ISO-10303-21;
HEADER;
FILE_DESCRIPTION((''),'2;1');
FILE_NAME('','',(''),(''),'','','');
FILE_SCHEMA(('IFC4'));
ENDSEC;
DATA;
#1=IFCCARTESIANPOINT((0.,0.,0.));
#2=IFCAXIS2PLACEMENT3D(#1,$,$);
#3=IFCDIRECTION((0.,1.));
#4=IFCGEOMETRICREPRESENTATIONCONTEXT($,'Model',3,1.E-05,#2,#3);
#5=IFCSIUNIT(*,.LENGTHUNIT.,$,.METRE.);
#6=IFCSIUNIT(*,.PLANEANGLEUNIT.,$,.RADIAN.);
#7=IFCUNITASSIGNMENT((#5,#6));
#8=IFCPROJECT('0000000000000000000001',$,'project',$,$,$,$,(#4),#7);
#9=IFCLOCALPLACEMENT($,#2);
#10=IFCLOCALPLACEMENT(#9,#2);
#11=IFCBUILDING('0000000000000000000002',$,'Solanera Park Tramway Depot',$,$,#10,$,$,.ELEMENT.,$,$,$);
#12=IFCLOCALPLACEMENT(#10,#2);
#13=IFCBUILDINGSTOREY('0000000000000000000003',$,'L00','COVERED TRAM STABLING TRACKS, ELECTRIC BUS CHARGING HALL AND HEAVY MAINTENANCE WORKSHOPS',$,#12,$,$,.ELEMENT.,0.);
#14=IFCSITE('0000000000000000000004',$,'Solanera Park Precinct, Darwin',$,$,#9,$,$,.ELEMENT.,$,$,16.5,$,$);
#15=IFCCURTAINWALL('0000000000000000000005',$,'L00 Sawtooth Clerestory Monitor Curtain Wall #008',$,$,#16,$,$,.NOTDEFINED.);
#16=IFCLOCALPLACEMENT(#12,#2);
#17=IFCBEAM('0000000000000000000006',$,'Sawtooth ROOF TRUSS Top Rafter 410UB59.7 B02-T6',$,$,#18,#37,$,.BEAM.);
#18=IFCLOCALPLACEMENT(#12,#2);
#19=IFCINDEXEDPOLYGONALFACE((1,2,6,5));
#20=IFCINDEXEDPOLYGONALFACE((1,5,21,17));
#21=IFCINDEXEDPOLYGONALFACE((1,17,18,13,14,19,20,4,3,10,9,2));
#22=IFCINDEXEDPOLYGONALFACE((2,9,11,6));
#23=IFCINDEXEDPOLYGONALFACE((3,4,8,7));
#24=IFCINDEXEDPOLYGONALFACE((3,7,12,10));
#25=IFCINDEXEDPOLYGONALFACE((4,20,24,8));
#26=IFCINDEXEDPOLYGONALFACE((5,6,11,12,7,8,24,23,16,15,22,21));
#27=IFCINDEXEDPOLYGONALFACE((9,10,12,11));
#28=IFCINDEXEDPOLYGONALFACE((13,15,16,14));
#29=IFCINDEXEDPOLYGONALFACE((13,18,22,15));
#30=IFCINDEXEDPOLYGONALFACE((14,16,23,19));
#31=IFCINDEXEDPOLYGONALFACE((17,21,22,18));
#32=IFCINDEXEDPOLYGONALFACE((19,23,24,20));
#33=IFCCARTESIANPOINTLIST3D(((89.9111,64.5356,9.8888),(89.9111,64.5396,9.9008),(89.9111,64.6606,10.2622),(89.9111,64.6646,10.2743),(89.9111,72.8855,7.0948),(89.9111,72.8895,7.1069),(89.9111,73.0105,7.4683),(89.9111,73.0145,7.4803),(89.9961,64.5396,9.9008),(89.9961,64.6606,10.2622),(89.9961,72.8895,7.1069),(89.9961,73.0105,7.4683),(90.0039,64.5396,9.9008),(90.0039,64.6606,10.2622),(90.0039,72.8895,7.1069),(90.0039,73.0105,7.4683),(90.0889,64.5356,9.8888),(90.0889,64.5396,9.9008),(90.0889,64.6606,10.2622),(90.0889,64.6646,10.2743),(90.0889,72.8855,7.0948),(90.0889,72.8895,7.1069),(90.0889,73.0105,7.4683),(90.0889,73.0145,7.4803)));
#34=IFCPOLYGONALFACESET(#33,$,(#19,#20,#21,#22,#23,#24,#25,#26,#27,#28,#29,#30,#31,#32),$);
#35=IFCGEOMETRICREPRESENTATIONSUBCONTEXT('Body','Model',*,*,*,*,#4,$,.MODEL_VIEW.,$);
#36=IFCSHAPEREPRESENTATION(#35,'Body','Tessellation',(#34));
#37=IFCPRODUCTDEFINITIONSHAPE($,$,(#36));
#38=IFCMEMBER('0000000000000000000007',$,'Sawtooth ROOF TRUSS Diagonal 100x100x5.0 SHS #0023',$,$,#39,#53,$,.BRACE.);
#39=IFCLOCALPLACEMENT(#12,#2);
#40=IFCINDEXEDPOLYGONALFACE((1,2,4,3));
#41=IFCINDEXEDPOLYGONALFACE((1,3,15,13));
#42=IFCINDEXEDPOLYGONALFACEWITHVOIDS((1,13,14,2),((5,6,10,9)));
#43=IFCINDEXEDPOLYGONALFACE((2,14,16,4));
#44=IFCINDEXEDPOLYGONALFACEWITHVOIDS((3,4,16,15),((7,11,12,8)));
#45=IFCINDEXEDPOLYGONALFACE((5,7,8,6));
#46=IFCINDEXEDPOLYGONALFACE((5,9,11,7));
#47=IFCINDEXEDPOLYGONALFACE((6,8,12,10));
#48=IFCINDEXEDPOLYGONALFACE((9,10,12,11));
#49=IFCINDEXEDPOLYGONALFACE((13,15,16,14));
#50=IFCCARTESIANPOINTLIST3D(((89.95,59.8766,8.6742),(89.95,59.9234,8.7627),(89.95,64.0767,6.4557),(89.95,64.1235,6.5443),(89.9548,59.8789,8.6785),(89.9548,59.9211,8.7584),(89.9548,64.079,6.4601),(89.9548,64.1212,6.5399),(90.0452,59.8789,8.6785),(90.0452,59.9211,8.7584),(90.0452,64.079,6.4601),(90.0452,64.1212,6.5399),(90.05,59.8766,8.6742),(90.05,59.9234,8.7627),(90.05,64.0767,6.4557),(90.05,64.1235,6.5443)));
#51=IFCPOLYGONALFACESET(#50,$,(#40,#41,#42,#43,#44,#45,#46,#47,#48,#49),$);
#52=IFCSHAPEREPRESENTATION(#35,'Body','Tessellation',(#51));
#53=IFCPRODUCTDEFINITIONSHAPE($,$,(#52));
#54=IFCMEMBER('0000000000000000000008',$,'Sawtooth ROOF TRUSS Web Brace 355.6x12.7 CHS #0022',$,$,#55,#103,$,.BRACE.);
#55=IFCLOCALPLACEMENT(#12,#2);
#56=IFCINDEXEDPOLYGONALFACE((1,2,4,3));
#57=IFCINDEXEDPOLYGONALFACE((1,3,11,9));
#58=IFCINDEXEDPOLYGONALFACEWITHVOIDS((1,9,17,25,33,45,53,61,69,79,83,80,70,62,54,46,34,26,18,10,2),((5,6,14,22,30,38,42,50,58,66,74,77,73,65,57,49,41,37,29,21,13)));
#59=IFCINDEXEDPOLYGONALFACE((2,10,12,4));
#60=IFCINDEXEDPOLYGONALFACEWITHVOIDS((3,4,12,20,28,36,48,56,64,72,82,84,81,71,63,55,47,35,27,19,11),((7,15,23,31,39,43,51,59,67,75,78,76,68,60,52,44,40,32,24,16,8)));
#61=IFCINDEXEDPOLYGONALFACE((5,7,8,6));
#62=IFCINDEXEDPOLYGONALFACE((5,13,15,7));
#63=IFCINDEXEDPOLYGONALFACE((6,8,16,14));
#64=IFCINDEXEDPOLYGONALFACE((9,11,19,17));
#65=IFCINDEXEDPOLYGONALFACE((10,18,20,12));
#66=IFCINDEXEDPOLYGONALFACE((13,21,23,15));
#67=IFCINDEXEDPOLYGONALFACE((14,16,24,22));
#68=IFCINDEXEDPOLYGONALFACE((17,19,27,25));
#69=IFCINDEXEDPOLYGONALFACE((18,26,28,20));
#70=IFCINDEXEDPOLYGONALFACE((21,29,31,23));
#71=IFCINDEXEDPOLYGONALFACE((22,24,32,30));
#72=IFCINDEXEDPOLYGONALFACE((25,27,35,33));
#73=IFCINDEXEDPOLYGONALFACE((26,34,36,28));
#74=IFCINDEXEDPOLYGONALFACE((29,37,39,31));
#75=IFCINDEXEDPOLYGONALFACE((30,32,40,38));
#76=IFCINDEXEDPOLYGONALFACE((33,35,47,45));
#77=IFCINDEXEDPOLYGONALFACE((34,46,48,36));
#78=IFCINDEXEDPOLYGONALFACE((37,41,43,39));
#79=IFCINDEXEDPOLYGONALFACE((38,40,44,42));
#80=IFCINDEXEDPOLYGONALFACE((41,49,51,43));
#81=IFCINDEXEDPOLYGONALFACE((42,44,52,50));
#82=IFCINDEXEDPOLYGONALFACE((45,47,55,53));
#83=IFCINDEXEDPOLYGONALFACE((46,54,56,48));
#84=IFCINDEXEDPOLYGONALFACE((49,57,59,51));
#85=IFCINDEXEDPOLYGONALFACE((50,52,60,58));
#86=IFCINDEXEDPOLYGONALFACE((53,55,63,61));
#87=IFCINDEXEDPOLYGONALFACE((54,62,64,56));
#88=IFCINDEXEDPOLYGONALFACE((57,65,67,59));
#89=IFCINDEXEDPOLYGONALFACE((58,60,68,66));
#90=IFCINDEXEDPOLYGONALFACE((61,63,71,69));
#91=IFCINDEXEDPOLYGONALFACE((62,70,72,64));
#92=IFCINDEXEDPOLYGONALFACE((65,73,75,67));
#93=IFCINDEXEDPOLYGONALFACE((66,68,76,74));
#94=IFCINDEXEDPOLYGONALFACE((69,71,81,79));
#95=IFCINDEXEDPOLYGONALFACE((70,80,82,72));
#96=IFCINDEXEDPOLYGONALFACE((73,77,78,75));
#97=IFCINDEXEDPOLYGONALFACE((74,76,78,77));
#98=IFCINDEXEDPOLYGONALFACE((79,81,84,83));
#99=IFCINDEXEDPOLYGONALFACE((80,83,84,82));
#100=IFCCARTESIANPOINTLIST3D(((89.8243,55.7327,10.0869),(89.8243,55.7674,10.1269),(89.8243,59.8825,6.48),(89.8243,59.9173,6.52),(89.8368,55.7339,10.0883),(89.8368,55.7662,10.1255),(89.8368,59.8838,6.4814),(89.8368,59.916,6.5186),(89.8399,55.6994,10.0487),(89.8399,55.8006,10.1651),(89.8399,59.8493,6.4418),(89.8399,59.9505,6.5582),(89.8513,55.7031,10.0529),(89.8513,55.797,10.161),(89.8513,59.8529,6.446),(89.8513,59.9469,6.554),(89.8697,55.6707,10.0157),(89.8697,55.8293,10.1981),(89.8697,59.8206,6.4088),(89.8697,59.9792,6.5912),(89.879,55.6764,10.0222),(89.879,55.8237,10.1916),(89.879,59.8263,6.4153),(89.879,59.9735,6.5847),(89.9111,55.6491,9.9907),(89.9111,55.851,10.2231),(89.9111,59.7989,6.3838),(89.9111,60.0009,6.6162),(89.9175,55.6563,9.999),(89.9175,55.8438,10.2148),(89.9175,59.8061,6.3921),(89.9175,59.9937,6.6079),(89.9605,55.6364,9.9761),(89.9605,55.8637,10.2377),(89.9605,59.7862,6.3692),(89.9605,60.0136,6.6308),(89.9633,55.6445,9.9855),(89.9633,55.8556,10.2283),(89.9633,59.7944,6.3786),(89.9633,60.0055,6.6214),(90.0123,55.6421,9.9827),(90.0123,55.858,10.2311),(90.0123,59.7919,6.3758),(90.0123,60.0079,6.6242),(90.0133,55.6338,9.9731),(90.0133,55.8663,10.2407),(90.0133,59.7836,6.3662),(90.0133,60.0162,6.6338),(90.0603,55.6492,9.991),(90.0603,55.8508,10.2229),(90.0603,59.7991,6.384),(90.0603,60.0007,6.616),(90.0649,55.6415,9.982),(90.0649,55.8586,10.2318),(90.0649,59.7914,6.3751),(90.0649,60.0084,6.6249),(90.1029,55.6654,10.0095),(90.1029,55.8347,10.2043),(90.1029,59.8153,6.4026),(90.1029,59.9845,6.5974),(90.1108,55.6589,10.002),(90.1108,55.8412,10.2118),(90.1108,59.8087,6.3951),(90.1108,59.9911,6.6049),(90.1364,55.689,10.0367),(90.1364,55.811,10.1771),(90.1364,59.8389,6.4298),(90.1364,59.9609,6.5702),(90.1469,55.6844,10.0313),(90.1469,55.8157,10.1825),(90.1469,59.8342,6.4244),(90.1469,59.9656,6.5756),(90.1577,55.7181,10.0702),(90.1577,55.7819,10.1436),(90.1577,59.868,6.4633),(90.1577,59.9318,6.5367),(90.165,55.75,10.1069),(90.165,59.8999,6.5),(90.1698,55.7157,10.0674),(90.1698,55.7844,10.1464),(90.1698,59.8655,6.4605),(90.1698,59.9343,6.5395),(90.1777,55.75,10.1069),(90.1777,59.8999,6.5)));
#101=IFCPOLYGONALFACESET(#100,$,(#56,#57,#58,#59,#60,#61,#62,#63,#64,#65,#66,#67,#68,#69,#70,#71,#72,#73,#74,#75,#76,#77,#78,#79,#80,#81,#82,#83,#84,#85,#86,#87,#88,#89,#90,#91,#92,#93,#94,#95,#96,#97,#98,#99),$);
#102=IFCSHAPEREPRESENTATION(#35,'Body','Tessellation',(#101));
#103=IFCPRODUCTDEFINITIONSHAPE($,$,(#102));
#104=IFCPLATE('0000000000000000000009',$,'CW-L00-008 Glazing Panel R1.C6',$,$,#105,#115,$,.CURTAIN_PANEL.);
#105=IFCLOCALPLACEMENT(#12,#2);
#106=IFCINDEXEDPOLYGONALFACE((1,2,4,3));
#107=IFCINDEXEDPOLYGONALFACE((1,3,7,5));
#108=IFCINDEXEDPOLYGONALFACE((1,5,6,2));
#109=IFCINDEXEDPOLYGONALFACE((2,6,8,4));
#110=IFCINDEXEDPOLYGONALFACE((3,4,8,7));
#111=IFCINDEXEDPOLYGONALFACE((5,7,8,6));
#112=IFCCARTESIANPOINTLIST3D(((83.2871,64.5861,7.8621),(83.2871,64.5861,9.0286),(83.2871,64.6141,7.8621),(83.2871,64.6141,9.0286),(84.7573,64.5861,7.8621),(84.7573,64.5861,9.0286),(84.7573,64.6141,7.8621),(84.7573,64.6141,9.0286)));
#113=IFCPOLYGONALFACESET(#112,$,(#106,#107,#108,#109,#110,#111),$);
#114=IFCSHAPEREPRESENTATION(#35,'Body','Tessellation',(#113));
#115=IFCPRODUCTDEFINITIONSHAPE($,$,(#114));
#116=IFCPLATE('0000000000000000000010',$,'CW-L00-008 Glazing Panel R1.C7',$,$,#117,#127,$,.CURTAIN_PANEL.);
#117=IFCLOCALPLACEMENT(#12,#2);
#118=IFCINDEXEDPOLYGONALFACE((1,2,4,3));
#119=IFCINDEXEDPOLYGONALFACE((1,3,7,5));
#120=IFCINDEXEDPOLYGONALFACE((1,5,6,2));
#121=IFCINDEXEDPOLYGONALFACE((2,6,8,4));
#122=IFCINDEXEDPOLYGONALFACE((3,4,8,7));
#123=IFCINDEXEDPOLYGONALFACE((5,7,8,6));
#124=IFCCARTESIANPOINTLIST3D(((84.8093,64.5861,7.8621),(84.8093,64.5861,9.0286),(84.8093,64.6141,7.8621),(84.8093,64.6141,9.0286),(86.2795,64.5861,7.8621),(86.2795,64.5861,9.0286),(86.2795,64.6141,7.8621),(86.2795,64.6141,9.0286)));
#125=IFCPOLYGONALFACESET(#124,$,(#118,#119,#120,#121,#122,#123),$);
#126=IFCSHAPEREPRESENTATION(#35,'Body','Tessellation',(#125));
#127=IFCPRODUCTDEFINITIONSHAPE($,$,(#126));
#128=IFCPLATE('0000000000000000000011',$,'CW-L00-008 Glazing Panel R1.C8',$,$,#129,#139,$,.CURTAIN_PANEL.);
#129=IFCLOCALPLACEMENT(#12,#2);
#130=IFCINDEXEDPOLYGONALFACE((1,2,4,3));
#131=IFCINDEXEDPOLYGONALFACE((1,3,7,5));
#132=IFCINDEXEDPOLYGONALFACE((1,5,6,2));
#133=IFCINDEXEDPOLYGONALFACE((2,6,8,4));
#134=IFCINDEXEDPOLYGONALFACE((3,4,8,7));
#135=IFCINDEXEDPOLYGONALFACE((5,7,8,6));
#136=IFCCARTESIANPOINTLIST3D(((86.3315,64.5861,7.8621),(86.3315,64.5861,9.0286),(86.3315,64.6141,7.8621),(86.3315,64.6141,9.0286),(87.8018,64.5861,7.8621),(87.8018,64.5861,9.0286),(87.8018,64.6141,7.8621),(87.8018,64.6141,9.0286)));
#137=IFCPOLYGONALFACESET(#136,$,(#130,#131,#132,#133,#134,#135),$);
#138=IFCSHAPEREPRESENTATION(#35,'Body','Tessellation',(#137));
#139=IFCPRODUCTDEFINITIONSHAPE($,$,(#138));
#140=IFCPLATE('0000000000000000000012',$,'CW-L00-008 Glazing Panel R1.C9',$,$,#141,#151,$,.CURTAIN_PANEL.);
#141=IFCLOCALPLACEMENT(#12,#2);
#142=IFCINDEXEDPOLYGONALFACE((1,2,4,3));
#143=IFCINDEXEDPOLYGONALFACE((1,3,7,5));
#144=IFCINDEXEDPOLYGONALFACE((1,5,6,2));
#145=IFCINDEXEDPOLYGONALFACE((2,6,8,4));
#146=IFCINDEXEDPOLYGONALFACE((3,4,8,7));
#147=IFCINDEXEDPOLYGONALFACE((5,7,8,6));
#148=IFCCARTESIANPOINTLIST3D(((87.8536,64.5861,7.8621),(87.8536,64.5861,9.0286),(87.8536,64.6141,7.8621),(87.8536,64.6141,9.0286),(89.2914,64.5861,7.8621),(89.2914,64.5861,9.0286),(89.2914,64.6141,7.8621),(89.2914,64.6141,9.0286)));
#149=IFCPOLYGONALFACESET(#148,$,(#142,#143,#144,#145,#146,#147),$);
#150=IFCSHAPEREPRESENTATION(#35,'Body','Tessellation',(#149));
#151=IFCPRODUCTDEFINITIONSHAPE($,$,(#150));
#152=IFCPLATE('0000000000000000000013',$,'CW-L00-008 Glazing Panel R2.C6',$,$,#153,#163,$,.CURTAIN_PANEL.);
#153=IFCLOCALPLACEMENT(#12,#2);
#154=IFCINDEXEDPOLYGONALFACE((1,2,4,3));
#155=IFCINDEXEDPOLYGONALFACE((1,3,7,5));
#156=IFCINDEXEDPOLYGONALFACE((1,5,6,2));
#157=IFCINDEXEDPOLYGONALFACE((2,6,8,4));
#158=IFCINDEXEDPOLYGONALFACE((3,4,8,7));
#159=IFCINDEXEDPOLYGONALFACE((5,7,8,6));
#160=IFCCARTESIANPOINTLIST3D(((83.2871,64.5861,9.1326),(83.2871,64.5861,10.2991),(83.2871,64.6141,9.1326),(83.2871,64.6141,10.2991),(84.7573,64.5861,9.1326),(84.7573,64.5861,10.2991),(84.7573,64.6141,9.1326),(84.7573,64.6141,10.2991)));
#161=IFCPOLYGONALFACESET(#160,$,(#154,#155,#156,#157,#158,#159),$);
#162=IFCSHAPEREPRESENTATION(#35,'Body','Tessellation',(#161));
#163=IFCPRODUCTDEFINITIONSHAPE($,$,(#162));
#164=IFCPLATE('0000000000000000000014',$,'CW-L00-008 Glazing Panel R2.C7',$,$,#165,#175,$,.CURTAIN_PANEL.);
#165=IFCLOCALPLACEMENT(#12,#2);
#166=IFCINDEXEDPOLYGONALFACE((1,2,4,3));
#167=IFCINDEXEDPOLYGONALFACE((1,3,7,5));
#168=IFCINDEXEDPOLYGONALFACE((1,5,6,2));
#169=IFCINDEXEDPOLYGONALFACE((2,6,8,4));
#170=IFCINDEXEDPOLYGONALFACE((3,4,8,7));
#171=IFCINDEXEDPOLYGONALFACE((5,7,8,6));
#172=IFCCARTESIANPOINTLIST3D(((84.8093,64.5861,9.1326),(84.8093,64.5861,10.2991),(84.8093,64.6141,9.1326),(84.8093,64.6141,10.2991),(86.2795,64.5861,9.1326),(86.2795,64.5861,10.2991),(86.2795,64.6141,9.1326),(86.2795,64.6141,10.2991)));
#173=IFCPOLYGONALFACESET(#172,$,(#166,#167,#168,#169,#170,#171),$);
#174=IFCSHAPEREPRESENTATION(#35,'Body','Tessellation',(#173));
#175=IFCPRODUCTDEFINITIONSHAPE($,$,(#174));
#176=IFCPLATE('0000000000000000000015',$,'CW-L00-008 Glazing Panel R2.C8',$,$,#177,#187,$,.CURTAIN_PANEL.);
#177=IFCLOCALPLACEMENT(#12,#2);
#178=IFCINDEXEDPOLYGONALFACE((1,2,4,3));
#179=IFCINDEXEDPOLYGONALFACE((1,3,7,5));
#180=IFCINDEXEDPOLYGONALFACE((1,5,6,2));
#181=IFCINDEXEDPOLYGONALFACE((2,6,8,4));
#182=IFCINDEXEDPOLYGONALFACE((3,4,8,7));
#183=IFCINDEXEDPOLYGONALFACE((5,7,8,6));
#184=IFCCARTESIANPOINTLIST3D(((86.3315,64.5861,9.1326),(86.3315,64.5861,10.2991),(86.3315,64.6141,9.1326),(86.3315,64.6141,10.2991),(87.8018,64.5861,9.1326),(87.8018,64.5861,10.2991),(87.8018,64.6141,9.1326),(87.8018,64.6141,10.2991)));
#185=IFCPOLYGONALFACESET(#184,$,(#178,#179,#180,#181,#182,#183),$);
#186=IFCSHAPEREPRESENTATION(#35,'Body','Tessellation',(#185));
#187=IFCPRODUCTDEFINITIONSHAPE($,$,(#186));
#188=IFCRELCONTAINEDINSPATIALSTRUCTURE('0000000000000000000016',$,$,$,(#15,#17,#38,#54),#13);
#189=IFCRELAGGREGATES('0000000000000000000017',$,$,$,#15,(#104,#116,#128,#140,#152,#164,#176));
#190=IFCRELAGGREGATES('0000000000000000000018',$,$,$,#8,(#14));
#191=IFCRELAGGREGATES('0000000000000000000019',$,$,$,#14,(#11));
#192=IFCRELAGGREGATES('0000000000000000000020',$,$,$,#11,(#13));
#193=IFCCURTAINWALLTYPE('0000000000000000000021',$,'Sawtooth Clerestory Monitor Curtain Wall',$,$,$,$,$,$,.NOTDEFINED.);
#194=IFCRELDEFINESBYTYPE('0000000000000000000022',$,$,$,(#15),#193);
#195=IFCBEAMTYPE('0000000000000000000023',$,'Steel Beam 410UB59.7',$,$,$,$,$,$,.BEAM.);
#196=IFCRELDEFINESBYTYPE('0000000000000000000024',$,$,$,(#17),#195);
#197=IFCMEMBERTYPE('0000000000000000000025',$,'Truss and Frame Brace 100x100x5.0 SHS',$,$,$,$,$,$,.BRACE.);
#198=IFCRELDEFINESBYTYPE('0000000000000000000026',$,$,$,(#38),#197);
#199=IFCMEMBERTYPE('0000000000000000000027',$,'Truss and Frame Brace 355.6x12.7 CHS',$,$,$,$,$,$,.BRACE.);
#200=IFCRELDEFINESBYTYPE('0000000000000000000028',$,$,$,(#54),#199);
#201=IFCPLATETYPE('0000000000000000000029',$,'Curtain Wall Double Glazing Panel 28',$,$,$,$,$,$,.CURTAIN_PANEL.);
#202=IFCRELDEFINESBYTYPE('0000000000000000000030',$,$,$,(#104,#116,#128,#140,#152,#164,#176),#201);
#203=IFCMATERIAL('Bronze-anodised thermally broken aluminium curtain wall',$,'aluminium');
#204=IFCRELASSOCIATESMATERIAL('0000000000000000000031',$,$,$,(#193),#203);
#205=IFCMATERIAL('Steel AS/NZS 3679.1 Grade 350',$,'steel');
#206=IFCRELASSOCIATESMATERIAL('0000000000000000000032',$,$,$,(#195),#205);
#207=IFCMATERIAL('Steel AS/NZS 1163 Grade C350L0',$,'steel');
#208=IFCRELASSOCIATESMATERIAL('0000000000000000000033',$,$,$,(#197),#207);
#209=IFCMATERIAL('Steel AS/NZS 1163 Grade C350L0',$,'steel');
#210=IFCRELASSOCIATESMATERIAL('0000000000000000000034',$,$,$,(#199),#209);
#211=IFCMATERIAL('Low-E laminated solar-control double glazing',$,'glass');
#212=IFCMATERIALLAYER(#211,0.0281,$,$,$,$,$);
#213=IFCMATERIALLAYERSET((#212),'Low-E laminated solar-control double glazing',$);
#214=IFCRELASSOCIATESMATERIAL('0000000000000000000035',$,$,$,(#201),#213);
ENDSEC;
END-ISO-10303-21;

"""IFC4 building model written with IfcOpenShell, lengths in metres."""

from ifc_helpers import new_model, si_unit, direction, frame, origin, origin_2d, place, context, subcontext, project, spatial, rectangle, hollow_rectangle, hollow_circle, i_section, extrude, material, layer, layer_set, material_profile, profile_set, type_object, element, aggregate, save


model = new_model("IFC4")

# Units and contexts
model_context = context("Model", 3, precision=1e-05, world=origin(), true_north=direction((0.0, 1.0)))
body_context = subcontext(model_context, "Body", "Model", "MODEL_VIEW")
ifc_project = project(units=[si_unit("LENGTHUNIT", "METRE"), si_unit("PLANEANGLEUNIT", "RADIAN")], contexts=[model_context])

# Site, building, storey
site_placement = place(None, origin())
site = spatial("IfcSite", under=ifc_project, at=site_placement, Name="Solanera Park Precinct, Darwin", CompositionType="ELEMENT", RefElevation=16.5)
building_placement = place(site_placement, origin())
building = spatial("IfcBuilding", under=site, at=building_placement, Name="Solanera Park Tramway Depot", CompositionType="ELEMENT")
storey_placement = place(building_placement, origin())
storey = spatial("IfcBuildingStorey", under=building, at=storey_placement, Name="L00", Description="COVERED TRAM STABLING TRACKS, ELECTRIC BUS CHARGING HALL AND HEAVY MAINTENANCE WORKSHOPS", CompositionType="ELEMENT", Elevation=0.0)

# Curtain wall
ifc_material_1 = material(Name="Bronze-anodised thermally broken aluminium curtain wall", Category="aluminium")
curtain_wall_type = type_object("IfcCurtainWallType", Name="Sawtooth Clerestory Monitor Curtain Wall", PredefinedType="NOTDEFINED", material=ifc_material_1)
curtain_wall_placement = place(storey_placement, origin())
curtain_wall = element("IfcCurtainWall", 1, at=curtain_wall_placement, inside=storey, type_object=curtain_wall_type, Name="L00 Sawtooth Clerestory Monitor Curtain Wall #008", PredefinedType="NOTDEFINED")

# Beam
ifc_material_2 = material(Name="Steel AS/NZS 3679.1 Grade 350", Category="steel")
ifc_material_profile_1 = material_profile(ifc_material_2, i_section(OverallWidth=0.1777, OverallDepth=0.4065, WebThickness=0.0078, FlangeThickness=0.0127, at=origin_2d()), Name="410UB59.7")
ifc_profile_set_1 = profile_set([ifc_material_profile_1], Name="Steel AS/NZS 3679.1 Grade 350")
beam_type = type_object("IfcBeamType", Name="Steel Beam 410UB59.7", PredefinedType="BEAM", material=ifc_profile_set_1)
beam_placement = place(storey_placement, frame((90.0, 64.6001, 10.0815), z_axis=(0.0, 0.948319, -0.317317), x_axis=(-1.0, 0.0, 0.0)))
element("IfcBeam", 2, at=beam_placement, inside=storey, type_object=beam_type, Name="Sawtooth ROOF TRUSS Top Rafter 410UB59.7 B02-T6", PredefinedType="BEAM", context=body_context, shape_type="SweptSolid", body=[
    extrude(i_section(OverallWidth=0.1777, OverallDepth=0.4065, WebThickness=0.0078, FlangeThickness=0.0127, at=origin_2d()), origin(), (0.0, 0.0, 1.0), 8.8049),
])

# Members
ifc_material_3 = material(Name="Steel AS/NZS 1163 Grade C350L0", Category="steel")
ifc_material_profile_2 = material_profile(ifc_material_3, hollow_rectangle(XDim=0.1001, YDim=0.1001, WallThickness=0.0049, at=origin_2d()), Name="100x100x5.0 SHS")
ifc_profile_set_2 = profile_set([ifc_material_profile_2], Name="Steel AS/NZS 1163 Grade C350L0")
member_type_1 = type_object("IfcMemberType", Name="Truss and Frame Brace 100x100x5.0 SHS", PredefinedType="BRACE", material=ifc_profile_set_2)
member_1_placement = place(storey_placement, frame((90.0, 64.1001, 6.5), z_axis=(0.0, -0.884234, 0.467044), x_axis=(1.0, 0.0, 0.0)))
element("IfcMember", 3, at=member_1_placement, inside=storey, type_object=member_type_1, Name="Sawtooth ROOF TRUSS Diagonal 100x100x5.0 SHS #0023", PredefinedType="BRACE", context=body_context, shape_type="SweptSolid", body=[
    extrude(hollow_rectangle(XDim=0.1001, YDim=0.1001, WallThickness=0.0049, at=origin_2d()), origin(), (0.0, 0.0, 1.0), 4.75),
])
ifc_material_4 = material(Name="Steel AS/NZS 1163 Grade C350L0", Category="steel")
ifc_material_profile_3 = material_profile(ifc_material_4, hollow_circle(Radius=0.1777, WallThickness=0.0127, at=origin_2d()), Name="355.6x12.7 CHS")
ifc_profile_set_3 = profile_set([ifc_material_profile_3], Name="Steel AS/NZS 1163 Grade C350L0")
member_type_2 = type_object("IfcMemberType", Name="Truss and Frame Brace 355.6x12.7 CHS", PredefinedType="BRACE", material=ifc_profile_set_3)
member_2_placement = place(storey_placement, frame((90.0, 59.8999, 6.5), z_axis=(0.0, -0.754757, 0.656005), x_axis=(1.0, 0.0, 0.0)))
element("IfcMember", 4, at=member_2_placement, inside=storey, type_object=member_type_2, Name="Sawtooth ROOF TRUSS Web Brace 355.6x12.7 CHS #0022", PredefinedType="BRACE", context=body_context, shape_type="SweptSolid", body=[
    extrude(hollow_circle(Radius=0.1777, WallThickness=0.0127, at=origin_2d()), origin(), (0.0, 0.0, 1.0), 5.4983),
])

# Plates
ifc_material_5 = material(Name="Low-E laminated solar-control double glazing", Category="glass")
ifc_layer_1 = layer(ifc_material_5, 0.0281)
ifc_layer_set_1 = layer_set([ifc_layer_1], Name="Low-E laminated solar-control double glazing")
plate_type_1 = type_object("IfcPlateType", Name="Curtain Wall Double Glazing Panel 28", PredefinedType="CURTAIN_PANEL", material=ifc_layer_set_1)
plate_1_placement = place(storey_placement, frame((84.0222, 64.6001, 7.8621), z_axis=(0.0, 0.0, 1.0), x_axis=(1.0, 0.0, 0.0)))
plate_1 = element("IfcPlate", 5, at=plate_1_placement, type_object=plate_type_1, Name="CW-L00-008 Glazing Panel R1.C6", PredefinedType="CURTAIN_PANEL", context=body_context, shape_type="SweptSolid", body=[
    extrude(rectangle(XDim=1.4702, YDim=0.0281, at=origin_2d()), origin(), (0.0, 0.0, 1.0), 1.1665),
])
plate_2_placement = place(storey_placement, frame((85.5444, 64.6001, 7.8621), z_axis=(0.0, 0.0, 1.0), x_axis=(1.0, 0.0, 0.0)))
plate_2 = element("IfcPlate", 6, at=plate_2_placement, type_object=plate_type_1, Name="CW-L00-008 Glazing Panel R1.C7", PredefinedType="CURTAIN_PANEL", context=body_context, shape_type="SweptSolid", body=[
    extrude(rectangle(XDim=1.4702, YDim=0.0281, at=origin_2d()), origin(), (0.0, 0.0, 1.0), 1.1665),
])
plate_3_placement = place(storey_placement, frame((87.0667, 64.6001, 7.8621), z_axis=(0.0, 0.0, 1.0), x_axis=(1.0, 0.0, 0.0)))
plate_3 = element("IfcPlate", 7, at=plate_3_placement, type_object=plate_type_1, Name="CW-L00-008 Glazing Panel R1.C8", PredefinedType="CURTAIN_PANEL", context=body_context, shape_type="SweptSolid", body=[
    extrude(rectangle(XDim=1.4702, YDim=0.0281, at=origin_2d()), origin(), (0.0, 0.0, 1.0), 1.1665),
])
plate_4_placement = place(storey_placement, frame((88.5725, 64.6001, 7.8621), z_axis=(0.0, 0.0, 1.0), x_axis=(1.0, 0.0, 0.0)))
plate_4 = element("IfcPlate", 8, at=plate_4_placement, type_object=plate_type_1, Name="CW-L00-008 Glazing Panel R1.C9", PredefinedType="CURTAIN_PANEL", context=body_context, shape_type="SweptSolid", body=[
    extrude(rectangle(XDim=1.4377, YDim=0.0281, at=origin_2d()), origin(), (0.0, 0.0, 1.0), 1.1665),
])
plate_5_placement = place(storey_placement, frame((84.0222, 64.6001, 9.1326), z_axis=(0.0, 0.0, 1.0), x_axis=(1.0, 0.0, 0.0)))
plate_5 = element("IfcPlate", 9, at=plate_5_placement, type_object=plate_type_1, Name="CW-L00-008 Glazing Panel R2.C6", PredefinedType="CURTAIN_PANEL", context=body_context, shape_type="SweptSolid", body=[
    extrude(rectangle(XDim=1.4702, YDim=0.0281, at=origin_2d()), origin(), (0.0, 0.0, 1.0), 1.1665),
])
plate_6_placement = place(storey_placement, frame((85.5444, 64.6001, 9.1326), z_axis=(0.0, 0.0, 1.0), x_axis=(1.0, 0.0, 0.0)))
plate_6 = element("IfcPlate", 10, at=plate_6_placement, type_object=plate_type_1, Name="CW-L00-008 Glazing Panel R2.C7", PredefinedType="CURTAIN_PANEL", context=body_context, shape_type="SweptSolid", body=[
    extrude(rectangle(XDim=1.4702, YDim=0.0281, at=origin_2d()), origin(), (0.0, 0.0, 1.0), 1.1665),
])
plate_7_placement = place(storey_placement, frame((87.0667, 64.6001, 9.1326), z_axis=(0.0, 0.0, 1.0), x_axis=(1.0, 0.0, 0.0)))
plate_7 = element("IfcPlate", 11, at=plate_7_placement, type_object=plate_type_1, Name="CW-L00-008 Glazing Panel R2.C8", PredefinedType="CURTAIN_PANEL", context=body_context, shape_type="SweptSolid", body=[
    extrude(rectangle(XDim=1.4702, YDim=0.0281, at=origin_2d()), origin(), (0.0, 0.0, 1.0), 1.1665),
])
aggregate(curtain_wall, [plate_1, plate_2, plate_3, plate_4, plate_5, plate_6, plate_7])

save(model, "model.ifc")
